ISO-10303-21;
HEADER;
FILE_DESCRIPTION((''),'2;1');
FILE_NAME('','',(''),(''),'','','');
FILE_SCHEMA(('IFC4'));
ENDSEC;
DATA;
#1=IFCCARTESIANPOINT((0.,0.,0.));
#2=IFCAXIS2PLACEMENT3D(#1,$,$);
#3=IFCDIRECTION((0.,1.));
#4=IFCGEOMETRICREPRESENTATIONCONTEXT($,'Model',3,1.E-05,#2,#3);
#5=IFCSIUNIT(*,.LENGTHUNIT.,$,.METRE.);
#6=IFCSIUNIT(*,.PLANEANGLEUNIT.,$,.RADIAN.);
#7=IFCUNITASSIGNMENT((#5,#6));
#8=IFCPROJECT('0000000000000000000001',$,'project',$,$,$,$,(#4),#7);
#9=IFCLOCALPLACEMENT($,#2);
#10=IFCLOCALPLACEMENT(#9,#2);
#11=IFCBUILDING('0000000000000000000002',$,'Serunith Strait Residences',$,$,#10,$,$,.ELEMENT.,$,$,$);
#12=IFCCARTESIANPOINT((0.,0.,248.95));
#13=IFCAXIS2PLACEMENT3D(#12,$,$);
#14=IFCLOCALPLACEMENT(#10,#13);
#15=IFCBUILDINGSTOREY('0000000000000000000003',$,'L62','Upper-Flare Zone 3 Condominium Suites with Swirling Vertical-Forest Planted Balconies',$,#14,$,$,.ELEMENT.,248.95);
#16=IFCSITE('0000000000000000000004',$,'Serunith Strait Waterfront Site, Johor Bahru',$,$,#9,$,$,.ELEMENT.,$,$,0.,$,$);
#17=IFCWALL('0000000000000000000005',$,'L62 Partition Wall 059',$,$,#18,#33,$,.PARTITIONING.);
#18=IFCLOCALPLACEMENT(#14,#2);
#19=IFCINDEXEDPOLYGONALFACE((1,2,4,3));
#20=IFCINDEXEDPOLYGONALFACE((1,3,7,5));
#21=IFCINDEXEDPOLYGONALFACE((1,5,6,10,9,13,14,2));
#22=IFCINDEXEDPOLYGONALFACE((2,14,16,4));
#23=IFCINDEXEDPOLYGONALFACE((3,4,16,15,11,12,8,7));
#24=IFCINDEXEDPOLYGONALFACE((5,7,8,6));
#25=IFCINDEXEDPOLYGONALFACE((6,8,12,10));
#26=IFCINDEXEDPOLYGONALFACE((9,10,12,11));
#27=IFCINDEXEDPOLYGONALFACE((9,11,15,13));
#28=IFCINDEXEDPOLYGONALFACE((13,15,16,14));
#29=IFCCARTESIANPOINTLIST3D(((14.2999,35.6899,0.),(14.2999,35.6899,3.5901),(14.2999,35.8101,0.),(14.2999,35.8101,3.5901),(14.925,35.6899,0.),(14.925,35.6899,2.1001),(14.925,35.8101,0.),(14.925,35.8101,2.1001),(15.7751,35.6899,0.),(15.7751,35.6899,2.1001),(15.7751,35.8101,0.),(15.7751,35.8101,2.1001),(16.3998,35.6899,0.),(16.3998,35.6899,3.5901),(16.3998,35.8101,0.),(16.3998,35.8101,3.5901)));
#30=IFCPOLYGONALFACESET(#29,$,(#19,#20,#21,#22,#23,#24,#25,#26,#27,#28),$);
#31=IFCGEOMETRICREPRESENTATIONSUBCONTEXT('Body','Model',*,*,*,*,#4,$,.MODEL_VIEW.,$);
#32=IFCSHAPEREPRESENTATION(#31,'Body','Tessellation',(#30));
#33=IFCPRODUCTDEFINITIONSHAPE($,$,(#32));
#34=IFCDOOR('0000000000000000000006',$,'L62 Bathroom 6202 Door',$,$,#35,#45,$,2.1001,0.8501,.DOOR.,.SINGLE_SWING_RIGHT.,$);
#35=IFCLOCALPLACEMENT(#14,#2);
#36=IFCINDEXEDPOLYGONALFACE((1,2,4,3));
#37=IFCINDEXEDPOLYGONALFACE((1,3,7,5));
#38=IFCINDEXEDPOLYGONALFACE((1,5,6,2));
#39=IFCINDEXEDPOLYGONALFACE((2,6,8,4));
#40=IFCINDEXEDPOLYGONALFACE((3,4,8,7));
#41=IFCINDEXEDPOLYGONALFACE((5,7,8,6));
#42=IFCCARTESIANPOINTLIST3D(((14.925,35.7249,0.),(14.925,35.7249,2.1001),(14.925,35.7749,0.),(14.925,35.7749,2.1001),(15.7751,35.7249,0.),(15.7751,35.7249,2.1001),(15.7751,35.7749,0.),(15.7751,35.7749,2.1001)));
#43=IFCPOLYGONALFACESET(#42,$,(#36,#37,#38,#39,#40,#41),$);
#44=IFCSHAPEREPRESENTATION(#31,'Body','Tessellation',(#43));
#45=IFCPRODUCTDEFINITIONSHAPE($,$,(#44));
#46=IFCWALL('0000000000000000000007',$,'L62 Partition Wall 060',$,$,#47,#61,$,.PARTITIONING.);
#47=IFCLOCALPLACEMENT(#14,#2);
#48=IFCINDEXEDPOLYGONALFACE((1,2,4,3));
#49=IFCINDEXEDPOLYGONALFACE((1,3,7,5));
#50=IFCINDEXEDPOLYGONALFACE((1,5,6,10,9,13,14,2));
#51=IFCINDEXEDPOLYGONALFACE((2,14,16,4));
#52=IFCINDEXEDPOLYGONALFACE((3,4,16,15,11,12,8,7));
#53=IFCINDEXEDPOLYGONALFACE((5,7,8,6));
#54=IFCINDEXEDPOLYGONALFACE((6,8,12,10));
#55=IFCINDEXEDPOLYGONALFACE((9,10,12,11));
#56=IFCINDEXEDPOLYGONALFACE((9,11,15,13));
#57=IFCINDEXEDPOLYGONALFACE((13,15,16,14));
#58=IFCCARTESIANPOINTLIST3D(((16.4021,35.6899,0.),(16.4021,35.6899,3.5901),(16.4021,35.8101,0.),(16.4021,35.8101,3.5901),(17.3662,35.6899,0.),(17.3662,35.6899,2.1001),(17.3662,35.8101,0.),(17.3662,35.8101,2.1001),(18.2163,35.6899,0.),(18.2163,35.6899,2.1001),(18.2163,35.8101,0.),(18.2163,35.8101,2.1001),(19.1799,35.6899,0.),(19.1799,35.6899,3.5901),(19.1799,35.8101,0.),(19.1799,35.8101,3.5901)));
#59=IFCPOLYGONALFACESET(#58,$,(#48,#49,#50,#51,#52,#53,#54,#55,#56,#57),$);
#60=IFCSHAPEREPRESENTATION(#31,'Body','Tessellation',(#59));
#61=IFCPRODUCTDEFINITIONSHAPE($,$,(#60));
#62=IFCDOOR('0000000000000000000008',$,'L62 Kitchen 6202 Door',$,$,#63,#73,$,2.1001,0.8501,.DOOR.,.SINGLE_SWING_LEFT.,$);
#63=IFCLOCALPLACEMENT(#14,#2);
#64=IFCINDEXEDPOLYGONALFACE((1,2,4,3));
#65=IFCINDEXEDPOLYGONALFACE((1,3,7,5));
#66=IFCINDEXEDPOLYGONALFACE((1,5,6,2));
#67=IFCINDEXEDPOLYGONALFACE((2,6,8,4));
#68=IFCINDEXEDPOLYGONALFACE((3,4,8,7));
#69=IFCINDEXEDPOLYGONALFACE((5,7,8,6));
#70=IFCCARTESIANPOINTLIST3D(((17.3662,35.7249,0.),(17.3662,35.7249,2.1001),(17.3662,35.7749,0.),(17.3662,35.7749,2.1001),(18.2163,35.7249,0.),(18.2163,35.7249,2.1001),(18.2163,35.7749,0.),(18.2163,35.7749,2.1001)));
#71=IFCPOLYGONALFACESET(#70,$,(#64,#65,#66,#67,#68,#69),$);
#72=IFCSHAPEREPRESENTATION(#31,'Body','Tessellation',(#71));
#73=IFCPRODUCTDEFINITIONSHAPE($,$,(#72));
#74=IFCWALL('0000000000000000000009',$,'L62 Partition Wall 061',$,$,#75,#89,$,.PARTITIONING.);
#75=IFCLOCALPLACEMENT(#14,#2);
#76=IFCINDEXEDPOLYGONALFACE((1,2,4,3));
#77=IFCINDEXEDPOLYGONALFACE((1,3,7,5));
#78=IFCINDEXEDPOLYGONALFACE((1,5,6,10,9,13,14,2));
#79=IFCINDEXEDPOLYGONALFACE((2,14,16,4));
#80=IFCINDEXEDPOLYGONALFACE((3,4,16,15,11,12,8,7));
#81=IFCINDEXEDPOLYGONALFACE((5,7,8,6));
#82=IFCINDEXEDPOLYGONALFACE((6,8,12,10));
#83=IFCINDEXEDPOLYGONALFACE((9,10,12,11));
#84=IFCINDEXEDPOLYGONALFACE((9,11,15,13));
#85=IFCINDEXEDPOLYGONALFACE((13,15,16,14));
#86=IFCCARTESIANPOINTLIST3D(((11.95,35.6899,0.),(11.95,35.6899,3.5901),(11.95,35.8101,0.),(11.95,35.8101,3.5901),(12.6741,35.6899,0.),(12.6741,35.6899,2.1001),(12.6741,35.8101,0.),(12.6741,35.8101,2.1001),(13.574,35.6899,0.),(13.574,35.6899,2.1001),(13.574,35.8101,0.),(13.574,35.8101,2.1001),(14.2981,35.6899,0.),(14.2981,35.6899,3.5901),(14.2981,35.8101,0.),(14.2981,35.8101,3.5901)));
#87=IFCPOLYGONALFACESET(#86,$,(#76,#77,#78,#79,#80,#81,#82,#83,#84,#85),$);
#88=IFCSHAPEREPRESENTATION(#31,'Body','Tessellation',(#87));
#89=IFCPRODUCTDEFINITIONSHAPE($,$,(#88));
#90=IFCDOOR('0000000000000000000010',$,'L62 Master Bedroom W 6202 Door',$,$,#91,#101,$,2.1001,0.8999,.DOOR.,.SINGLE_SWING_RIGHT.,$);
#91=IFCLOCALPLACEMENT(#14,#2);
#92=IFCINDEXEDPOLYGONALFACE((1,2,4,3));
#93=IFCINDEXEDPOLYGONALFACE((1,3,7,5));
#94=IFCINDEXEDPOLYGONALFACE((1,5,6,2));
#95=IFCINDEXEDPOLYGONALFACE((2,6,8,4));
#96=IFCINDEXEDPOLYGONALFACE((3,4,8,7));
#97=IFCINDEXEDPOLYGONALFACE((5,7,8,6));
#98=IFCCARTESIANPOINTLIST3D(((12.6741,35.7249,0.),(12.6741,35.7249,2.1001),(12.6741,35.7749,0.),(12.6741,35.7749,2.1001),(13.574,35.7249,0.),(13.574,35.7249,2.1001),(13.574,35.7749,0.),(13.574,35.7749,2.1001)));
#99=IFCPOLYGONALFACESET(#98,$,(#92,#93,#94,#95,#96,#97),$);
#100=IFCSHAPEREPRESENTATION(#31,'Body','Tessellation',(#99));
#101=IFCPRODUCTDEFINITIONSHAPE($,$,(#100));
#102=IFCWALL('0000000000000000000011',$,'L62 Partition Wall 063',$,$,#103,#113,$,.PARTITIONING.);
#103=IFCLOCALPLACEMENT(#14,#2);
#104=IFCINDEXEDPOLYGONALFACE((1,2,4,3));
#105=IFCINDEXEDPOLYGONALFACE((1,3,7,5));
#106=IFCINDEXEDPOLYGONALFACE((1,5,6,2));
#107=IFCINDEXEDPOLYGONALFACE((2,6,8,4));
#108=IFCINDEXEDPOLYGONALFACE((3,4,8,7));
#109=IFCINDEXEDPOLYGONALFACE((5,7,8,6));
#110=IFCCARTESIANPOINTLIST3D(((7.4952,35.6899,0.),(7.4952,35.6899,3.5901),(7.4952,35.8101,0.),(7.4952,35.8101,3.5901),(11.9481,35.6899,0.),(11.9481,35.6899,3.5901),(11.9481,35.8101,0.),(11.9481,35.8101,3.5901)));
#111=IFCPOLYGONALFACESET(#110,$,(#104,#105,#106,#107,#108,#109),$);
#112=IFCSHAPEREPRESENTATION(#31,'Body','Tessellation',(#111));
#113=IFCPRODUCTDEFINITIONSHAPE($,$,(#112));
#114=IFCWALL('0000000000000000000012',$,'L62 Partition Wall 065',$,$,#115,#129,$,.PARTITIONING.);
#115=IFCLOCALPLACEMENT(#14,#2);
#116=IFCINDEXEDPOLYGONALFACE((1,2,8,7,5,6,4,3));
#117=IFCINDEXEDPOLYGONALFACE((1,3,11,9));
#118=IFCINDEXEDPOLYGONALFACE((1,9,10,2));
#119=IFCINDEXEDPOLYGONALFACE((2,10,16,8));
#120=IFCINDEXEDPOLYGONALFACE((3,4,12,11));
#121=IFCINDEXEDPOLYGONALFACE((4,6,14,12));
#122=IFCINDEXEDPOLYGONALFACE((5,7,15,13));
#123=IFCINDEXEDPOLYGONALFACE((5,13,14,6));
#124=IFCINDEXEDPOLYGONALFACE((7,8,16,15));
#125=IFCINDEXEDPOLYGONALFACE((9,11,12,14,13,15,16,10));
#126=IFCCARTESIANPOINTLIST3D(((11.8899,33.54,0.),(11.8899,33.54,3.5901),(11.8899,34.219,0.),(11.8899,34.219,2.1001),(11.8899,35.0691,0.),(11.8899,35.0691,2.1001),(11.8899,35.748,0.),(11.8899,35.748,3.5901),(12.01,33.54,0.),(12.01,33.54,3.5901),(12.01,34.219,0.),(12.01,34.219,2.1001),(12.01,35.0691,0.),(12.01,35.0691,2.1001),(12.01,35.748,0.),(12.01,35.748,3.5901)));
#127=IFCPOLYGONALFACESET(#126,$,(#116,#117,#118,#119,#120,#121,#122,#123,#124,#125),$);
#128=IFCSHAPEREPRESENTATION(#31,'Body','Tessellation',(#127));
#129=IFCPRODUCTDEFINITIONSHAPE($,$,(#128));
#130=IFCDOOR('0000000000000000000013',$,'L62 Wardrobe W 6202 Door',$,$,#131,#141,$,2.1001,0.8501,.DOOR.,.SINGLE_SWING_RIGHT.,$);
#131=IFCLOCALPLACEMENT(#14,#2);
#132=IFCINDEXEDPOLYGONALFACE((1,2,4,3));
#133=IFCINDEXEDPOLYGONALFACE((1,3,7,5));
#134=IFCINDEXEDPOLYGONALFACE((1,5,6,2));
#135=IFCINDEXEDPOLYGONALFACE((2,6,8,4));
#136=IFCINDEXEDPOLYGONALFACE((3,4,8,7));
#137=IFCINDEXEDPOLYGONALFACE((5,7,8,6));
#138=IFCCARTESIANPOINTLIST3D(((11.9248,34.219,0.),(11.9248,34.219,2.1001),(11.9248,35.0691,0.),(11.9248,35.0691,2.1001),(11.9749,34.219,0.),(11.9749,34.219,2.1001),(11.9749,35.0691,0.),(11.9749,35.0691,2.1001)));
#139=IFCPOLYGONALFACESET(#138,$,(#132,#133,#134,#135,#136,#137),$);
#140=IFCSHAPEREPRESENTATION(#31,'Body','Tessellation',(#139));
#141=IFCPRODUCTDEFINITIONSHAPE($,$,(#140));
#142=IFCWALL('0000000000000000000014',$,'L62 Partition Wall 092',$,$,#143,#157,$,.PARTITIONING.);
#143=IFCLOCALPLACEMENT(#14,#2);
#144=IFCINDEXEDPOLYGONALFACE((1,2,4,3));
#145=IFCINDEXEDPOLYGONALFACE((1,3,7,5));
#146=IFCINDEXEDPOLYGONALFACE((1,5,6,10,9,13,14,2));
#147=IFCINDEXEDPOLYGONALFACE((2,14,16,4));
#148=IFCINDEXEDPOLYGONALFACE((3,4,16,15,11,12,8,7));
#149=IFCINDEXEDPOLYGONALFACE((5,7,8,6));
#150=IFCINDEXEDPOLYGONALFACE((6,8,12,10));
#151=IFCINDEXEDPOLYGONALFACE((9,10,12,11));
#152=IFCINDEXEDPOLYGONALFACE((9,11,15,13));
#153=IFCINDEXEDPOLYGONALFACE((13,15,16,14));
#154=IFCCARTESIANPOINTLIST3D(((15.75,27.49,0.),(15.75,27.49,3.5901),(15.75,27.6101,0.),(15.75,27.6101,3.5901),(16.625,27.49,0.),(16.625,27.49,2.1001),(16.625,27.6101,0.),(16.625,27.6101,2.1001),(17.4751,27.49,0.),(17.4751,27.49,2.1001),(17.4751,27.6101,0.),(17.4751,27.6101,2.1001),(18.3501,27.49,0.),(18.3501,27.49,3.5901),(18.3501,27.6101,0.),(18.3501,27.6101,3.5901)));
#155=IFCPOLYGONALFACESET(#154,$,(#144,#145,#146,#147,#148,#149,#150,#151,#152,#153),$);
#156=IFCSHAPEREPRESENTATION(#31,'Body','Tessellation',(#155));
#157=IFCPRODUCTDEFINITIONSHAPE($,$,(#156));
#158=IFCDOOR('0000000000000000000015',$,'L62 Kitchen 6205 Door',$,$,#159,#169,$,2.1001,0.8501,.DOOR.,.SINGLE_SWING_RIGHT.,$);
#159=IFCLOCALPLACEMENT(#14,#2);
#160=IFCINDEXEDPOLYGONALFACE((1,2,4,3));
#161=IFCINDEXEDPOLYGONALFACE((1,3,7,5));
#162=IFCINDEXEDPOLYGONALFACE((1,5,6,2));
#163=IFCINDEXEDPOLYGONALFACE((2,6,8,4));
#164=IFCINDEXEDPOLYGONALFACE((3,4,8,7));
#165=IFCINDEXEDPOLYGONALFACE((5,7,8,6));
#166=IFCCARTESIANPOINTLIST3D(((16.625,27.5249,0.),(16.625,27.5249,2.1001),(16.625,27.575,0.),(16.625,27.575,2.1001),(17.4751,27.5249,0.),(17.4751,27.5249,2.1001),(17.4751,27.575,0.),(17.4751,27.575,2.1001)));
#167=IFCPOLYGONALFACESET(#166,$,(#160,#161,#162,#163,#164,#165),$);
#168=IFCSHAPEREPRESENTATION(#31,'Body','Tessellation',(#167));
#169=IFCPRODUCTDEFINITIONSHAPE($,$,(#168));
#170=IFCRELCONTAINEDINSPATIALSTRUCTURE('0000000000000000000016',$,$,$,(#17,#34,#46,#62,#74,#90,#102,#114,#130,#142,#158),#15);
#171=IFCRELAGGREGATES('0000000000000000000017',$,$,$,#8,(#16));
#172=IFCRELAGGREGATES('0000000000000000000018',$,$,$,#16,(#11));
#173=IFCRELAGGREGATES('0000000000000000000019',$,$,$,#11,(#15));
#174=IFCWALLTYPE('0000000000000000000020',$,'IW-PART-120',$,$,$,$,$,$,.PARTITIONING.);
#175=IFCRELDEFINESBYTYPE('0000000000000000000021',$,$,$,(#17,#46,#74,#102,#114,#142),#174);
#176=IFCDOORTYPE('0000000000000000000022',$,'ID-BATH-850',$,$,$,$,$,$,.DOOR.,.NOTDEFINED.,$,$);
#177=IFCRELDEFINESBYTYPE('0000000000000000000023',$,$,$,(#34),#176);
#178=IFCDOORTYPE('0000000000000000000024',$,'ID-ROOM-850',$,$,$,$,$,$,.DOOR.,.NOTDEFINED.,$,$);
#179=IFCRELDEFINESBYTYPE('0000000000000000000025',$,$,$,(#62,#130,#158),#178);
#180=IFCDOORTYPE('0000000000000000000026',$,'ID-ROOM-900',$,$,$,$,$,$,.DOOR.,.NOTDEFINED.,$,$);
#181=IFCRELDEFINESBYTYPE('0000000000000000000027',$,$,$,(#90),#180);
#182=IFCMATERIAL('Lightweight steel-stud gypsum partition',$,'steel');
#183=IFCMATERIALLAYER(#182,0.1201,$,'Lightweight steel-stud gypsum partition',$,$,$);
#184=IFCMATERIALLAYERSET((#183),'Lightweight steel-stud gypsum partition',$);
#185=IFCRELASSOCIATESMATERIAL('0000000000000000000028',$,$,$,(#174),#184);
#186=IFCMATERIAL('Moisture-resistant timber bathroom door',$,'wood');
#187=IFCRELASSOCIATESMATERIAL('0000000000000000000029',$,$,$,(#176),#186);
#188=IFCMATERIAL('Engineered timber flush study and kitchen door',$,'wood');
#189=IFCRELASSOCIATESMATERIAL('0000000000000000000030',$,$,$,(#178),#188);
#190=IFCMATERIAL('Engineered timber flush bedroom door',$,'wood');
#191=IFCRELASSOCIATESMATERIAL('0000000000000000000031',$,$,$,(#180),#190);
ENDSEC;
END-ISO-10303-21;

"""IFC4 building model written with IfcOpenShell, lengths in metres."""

from ifc_helpers import new_model, si_unit, direction, frame, frame_2d, origin, place, context, subcontext, project, spatial, rectangle, extrude, source, transform, mapped, material, layer, layer_set, type_object, element, fill, save


model = new_model("IFC4")

# Units and contexts
model_context = context("Model", 3, precision=1e-05, world=origin(), true_north=direction((0.0, 1.0)))
body_context = subcontext(model_context, "Body", "Model", "MODEL_VIEW")
ifc_project = project(units=[si_unit("LENGTHUNIT", "METRE"), si_unit("PLANEANGLEUNIT", "RADIAN")], contexts=[model_context])

# Site, building, storey
site_placement = place(None, origin())
site = spatial("IfcSite", under=ifc_project, at=site_placement, Name="Serunith Strait Waterfront Site, Johor Bahru", CompositionType="ELEMENT", RefElevation=0.0)
building_placement = place(site_placement, origin())
building = spatial("IfcBuilding", under=site, at=building_placement, Name="Serunith Strait Residences", CompositionType="ELEMENT")
storey_placement = place(building_placement, frame((0.0, 0.0, 248.95)))
storey = spatial("IfcBuildingStorey", under=building, at=storey_placement, Name="L62", Description="Upper-Flare Zone 3 Condominium Suites with Swirling Vertical-Forest Planted Balconies", CompositionType="ELEMENT", Elevation=248.95)

# Walls, openings, doors
ifc_material_1 = material(Name="Lightweight steel-stud gypsum partition", Category="steel")
ifc_layer_1 = layer(ifc_material_1, 0.1201, Name="Lightweight steel-stud gypsum partition")
ifc_layer_set_1 = layer_set([ifc_layer_1], Name="Lightweight steel-stud gypsum partition")
wall_type_1 = type_object("IfcWallType", Name="IW-PART-120", PredefinedType="PARTITIONING", material=ifc_layer_set_1)
wall_1_placement = place(storey_placement, frame((14.3, 35.75, 0.0), z_axis=(0.0, 0.0, 1.0), x_axis=(1.0, 0.0, 0.0)))
wall_1 = element("IfcWall", 1, at=wall_1_placement, inside=storey, type_object=wall_type_1, Name="L62 Partition Wall 059", PredefinedType="PARTITIONING", context=body_context, shape_type="SweptSolid", body=[
    extrude(rectangle(XDim=2.0999, YDim=0.1201, at=frame_2d((1.0498, 0.0))), origin(), (0.0, 0.0, 1.0), 3.5901),
])
opening_1_placement = place(wall_1_placement, frame((0.625, 0.0, 0.0)))
opening_1 = element("IfcOpeningElement", 2, at=opening_1_placement, cuts=wall_1, PredefinedType="OPENING", context=body_context, shape_type="SweptSolid", body=[
    extrude(rectangle(XDim=0.8501, YDim=2.1001, at=frame_2d((0.425, 1.05))), frame((0.0, 0.0701, 0.0), z_axis=(0.0, -1.0, 0.0), x_axis=(1.0, 0.0, 0.0)), (0.0, 0.0, 1.0), 0.1401),
])
ifc_material_2 = material(Name="Moisture-resistant timber bathroom door", Category="wood")
door_type_1 = type_object("IfcDoorType", Name="ID-BATH-850", OperationType="NOTDEFINED", PredefinedType="DOOR", material=ifc_material_2)
shared_shape_1 = source(origin(), body_context, "Body", "SweptSolid", [
    extrude(rectangle(XDim=0.8501, YDim=2.1001, at=frame_2d((0.425, 1.05))), frame((0.0, 0.0249, 0.0), z_axis=(0.0, -1.0, 0.0), x_axis=(1.0, 0.0, 0.0)), (0.0, 0.0, 1.0), 0.05),
])
door_1_placement = place(opening_1_placement, origin())
door_1 = element("IfcDoor", 3, at=door_1_placement, inside=storey, type_object=door_type_1, Name="L62 Bathroom 6202 Door", OperationType="SINGLE_SWING_RIGHT", OverallHeight=2.1001, OverallWidth=0.8501, PredefinedType="DOOR", context=body_context, shape_type="MappedRepresentation", body=[
    mapped(shared_shape_1, transform((0.0, 0.0, 0.0), scale=1.0)),
])
fill(opening_1, door_1)
wall_2_placement = place(storey_placement, frame((16.4021, 35.75, 0.0), z_axis=(0.0, 0.0, 1.0), x_axis=(1.0, 0.0, 0.0)))
wall_2 = element("IfcWall", 4, at=wall_2_placement, inside=storey, type_object=wall_type_1, Name="L62 Partition Wall 060", PredefinedType="PARTITIONING", context=body_context, shape_type="SweptSolid", body=[
    extrude(rectangle(XDim=2.7778, YDim=0.1201, at=frame_2d((1.3889, 0.0))), origin(), (0.0, 0.0, 1.0), 3.5901),
])
opening_2_placement = place(wall_2_placement, frame((0.9641, 0.0, 0.0)))
opening_2 = element("IfcOpeningElement", 5, at=opening_2_placement, cuts=wall_2, PredefinedType="OPENING", context=body_context, shape_type="SweptSolid", body=[
    extrude(rectangle(XDim=0.8501, YDim=2.1001, at=frame_2d((0.425, 1.05))), frame((0.0, 0.0701, 0.0), z_axis=(0.0, -1.0, 0.0), x_axis=(1.0, 0.0, 0.0)), (0.0, 0.0, 1.0), 0.1401),
])
ifc_material_3 = material(Name="Engineered timber flush study and kitchen door", Category="wood")
door_type_2 = type_object("IfcDoorType", Name="ID-ROOM-850", OperationType="NOTDEFINED", PredefinedType="DOOR", material=ifc_material_3)
door_2_placement = place(opening_2_placement, origin())
door_2 = element("IfcDoor", 6, at=door_2_placement, inside=storey, type_object=door_type_2, Name="L62 Kitchen 6202 Door", OperationType="SINGLE_SWING_LEFT", OverallHeight=2.1001, OverallWidth=0.8501, PredefinedType="DOOR", context=body_context, shape_type="MappedRepresentation", body=[
    mapped(shared_shape_1, transform((0.0, 0.0, 0.0), scale=1.0)),
])
fill(opening_2, door_2)
wall_3_placement = place(storey_placement, frame((11.95, 35.75, 0.0), z_axis=(0.0, 0.0, 1.0), x_axis=(1.0, 0.0, 0.0)))
wall_3 = element("IfcWall", 7, at=wall_3_placement, inside=storey, type_object=wall_type_1, Name="L62 Partition Wall 061", PredefinedType="PARTITIONING", context=body_context, shape_type="SweptSolid", body=[
    extrude(rectangle(XDim=2.3481, YDim=0.1201, at=frame_2d((1.1741, 0.0))), origin(), (0.0, 0.0, 1.0), 3.5901),
])
opening_3_placement = place(wall_3_placement, frame((0.7241, 0.0, 0.0)))
opening_3 = element("IfcOpeningElement", 8, at=opening_3_placement, cuts=wall_3, PredefinedType="OPENING", context=body_context, shape_type="SweptSolid", body=[
    extrude(rectangle(XDim=0.8999, YDim=2.1001, at=frame_2d((0.45, 1.05))), frame((0.0, 0.0701, 0.0), z_axis=(0.0, -1.0, 0.0), x_axis=(1.0, 0.0, 0.0)), (0.0, 0.0, 1.0), 0.1401),
])
ifc_material_4 = material(Name="Engineered timber flush bedroom door", Category="wood")
door_type_3 = type_object("IfcDoorType", Name="ID-ROOM-900", OperationType="NOTDEFINED", PredefinedType="DOOR", material=ifc_material_4)
shared_shape_2 = source(origin(), body_context, "Body", "SweptSolid", [
    extrude(rectangle(XDim=0.8999, YDim=2.1001, at=frame_2d((0.45, 1.05))), frame((0.0, 0.0249, 0.0), z_axis=(0.0, -1.0, 0.0), x_axis=(1.0, 0.0, 0.0)), (0.0, 0.0, 1.0), 0.05),
])
door_3_placement = place(opening_3_placement, origin())
door_3 = element("IfcDoor", 9, at=door_3_placement, inside=storey, type_object=door_type_3, Name="L62 Master Bedroom W 6202 Door", OperationType="SINGLE_SWING_RIGHT", OverallHeight=2.1001, OverallWidth=0.8999, PredefinedType="DOOR", context=body_context, shape_type="MappedRepresentation", body=[
    mapped(shared_shape_2, transform((0.0, 0.0, 0.0), scale=1.0)),
])
fill(opening_3, door_3)

# Wall
wall_4_placement = place(storey_placement, frame((7.4951, 35.75, 0.0), z_axis=(0.0, 0.0, 1.0), x_axis=(1.0, 0.0, 0.0)))
element("IfcWall", 10, at=wall_4_placement, inside=storey, type_object=wall_type_1, Name="L62 Partition Wall 063", PredefinedType="PARTITIONING", context=body_context, shape_type="SweptSolid", body=[
    extrude(rectangle(XDim=4.4529, YDim=0.1201, at=frame_2d((2.2266, 0.0))), origin(), (0.0, 0.0, 1.0), 3.5901),
])

# Walls, openings, doors
wall_5_placement = place(storey_placement, frame((11.95, 35.748, 0.0), z_axis=(0.0, 0.0, 1.0), x_axis=(0.0, -1.0, 0.0)))
wall_5 = element("IfcWall", 11, at=wall_5_placement, inside=storey, type_object=wall_type_1, Name="L62 Partition Wall 065", PredefinedType="PARTITIONING", context=body_context, shape_type="SweptSolid", body=[
    extrude(rectangle(XDim=2.208, YDim=0.1201, at=frame_2d((1.104, 0.0))), origin(), (0.0, 0.0, 1.0), 3.5901),
])
opening_4_placement = place(wall_5_placement, frame((0.679, 0.0, 0.0)))
opening_4 = element("IfcOpeningElement", 12, at=opening_4_placement, cuts=wall_5, PredefinedType="OPENING", context=body_context, shape_type="SweptSolid", body=[
    extrude(rectangle(XDim=0.8501, YDim=2.1001, at=frame_2d((0.425, 1.05))), frame((0.0, 0.0701, 0.0), z_axis=(0.0, -1.0, 0.0), x_axis=(1.0, 0.0, 0.0)), (0.0, 0.0, 1.0), 0.1401),
])
door_4_placement = place(opening_4_placement, origin())
door_4 = element("IfcDoor", 13, at=door_4_placement, inside=storey, type_object=door_type_2, Name="L62 Wardrobe W 6202 Door", OperationType="SINGLE_SWING_RIGHT", OverallHeight=2.1001, OverallWidth=0.8501, PredefinedType="DOOR", context=body_context, shape_type="MappedRepresentation", body=[
    mapped(shared_shape_1, transform((0.0, 0.0, 0.0), scale=1.0)),
])
fill(opening_4, door_4)
wall_6_placement = place(storey_placement, frame((15.75, 27.55, 0.0), z_axis=(0.0, 0.0, 1.0), x_axis=(1.0, 0.0, 0.0)))
wall_6 = element("IfcWall", 14, at=wall_6_placement, inside=storey, type_object=wall_type_1, Name="L62 Partition Wall 092", PredefinedType="PARTITIONING", context=body_context, shape_type="SweptSolid", body=[
    extrude(rectangle(XDim=2.6001, YDim=0.1201, at=frame_2d((1.3, 0.0))), origin(), (0.0, 0.0, 1.0), 3.5901),
])
opening_5_placement = place(wall_6_placement, frame((0.875, 0.0, 0.0)))
opening_5 = element("IfcOpeningElement", 15, at=opening_5_placement, cuts=wall_6, PredefinedType="OPENING", context=body_context, shape_type="SweptSolid", body=[
    extrude(rectangle(XDim=0.8501, YDim=2.1001, at=frame_2d((0.425, 1.05))), frame((0.0, 0.0701, 0.0), z_axis=(0.0, -1.0, 0.0), x_axis=(1.0, 0.0, 0.0)), (0.0, 0.0, 1.0), 0.1401),
])
door_5_placement = place(opening_5_placement, origin())
door_5 = element("IfcDoor", 16, at=door_5_placement, inside=storey, type_object=door_type_2, Name="L62 Kitchen 6205 Door", OperationType="SINGLE_SWING_RIGHT", OverallHeight=2.1001, OverallWidth=0.8501, PredefinedType="DOOR", context=body_context, shape_type="MappedRepresentation", body=[
    mapped(shared_shape_1, transform((0.0, 0.0, 0.0), scale=1.0)),
])
fill(opening_5, door_5)

save(model, "model.ifc")
